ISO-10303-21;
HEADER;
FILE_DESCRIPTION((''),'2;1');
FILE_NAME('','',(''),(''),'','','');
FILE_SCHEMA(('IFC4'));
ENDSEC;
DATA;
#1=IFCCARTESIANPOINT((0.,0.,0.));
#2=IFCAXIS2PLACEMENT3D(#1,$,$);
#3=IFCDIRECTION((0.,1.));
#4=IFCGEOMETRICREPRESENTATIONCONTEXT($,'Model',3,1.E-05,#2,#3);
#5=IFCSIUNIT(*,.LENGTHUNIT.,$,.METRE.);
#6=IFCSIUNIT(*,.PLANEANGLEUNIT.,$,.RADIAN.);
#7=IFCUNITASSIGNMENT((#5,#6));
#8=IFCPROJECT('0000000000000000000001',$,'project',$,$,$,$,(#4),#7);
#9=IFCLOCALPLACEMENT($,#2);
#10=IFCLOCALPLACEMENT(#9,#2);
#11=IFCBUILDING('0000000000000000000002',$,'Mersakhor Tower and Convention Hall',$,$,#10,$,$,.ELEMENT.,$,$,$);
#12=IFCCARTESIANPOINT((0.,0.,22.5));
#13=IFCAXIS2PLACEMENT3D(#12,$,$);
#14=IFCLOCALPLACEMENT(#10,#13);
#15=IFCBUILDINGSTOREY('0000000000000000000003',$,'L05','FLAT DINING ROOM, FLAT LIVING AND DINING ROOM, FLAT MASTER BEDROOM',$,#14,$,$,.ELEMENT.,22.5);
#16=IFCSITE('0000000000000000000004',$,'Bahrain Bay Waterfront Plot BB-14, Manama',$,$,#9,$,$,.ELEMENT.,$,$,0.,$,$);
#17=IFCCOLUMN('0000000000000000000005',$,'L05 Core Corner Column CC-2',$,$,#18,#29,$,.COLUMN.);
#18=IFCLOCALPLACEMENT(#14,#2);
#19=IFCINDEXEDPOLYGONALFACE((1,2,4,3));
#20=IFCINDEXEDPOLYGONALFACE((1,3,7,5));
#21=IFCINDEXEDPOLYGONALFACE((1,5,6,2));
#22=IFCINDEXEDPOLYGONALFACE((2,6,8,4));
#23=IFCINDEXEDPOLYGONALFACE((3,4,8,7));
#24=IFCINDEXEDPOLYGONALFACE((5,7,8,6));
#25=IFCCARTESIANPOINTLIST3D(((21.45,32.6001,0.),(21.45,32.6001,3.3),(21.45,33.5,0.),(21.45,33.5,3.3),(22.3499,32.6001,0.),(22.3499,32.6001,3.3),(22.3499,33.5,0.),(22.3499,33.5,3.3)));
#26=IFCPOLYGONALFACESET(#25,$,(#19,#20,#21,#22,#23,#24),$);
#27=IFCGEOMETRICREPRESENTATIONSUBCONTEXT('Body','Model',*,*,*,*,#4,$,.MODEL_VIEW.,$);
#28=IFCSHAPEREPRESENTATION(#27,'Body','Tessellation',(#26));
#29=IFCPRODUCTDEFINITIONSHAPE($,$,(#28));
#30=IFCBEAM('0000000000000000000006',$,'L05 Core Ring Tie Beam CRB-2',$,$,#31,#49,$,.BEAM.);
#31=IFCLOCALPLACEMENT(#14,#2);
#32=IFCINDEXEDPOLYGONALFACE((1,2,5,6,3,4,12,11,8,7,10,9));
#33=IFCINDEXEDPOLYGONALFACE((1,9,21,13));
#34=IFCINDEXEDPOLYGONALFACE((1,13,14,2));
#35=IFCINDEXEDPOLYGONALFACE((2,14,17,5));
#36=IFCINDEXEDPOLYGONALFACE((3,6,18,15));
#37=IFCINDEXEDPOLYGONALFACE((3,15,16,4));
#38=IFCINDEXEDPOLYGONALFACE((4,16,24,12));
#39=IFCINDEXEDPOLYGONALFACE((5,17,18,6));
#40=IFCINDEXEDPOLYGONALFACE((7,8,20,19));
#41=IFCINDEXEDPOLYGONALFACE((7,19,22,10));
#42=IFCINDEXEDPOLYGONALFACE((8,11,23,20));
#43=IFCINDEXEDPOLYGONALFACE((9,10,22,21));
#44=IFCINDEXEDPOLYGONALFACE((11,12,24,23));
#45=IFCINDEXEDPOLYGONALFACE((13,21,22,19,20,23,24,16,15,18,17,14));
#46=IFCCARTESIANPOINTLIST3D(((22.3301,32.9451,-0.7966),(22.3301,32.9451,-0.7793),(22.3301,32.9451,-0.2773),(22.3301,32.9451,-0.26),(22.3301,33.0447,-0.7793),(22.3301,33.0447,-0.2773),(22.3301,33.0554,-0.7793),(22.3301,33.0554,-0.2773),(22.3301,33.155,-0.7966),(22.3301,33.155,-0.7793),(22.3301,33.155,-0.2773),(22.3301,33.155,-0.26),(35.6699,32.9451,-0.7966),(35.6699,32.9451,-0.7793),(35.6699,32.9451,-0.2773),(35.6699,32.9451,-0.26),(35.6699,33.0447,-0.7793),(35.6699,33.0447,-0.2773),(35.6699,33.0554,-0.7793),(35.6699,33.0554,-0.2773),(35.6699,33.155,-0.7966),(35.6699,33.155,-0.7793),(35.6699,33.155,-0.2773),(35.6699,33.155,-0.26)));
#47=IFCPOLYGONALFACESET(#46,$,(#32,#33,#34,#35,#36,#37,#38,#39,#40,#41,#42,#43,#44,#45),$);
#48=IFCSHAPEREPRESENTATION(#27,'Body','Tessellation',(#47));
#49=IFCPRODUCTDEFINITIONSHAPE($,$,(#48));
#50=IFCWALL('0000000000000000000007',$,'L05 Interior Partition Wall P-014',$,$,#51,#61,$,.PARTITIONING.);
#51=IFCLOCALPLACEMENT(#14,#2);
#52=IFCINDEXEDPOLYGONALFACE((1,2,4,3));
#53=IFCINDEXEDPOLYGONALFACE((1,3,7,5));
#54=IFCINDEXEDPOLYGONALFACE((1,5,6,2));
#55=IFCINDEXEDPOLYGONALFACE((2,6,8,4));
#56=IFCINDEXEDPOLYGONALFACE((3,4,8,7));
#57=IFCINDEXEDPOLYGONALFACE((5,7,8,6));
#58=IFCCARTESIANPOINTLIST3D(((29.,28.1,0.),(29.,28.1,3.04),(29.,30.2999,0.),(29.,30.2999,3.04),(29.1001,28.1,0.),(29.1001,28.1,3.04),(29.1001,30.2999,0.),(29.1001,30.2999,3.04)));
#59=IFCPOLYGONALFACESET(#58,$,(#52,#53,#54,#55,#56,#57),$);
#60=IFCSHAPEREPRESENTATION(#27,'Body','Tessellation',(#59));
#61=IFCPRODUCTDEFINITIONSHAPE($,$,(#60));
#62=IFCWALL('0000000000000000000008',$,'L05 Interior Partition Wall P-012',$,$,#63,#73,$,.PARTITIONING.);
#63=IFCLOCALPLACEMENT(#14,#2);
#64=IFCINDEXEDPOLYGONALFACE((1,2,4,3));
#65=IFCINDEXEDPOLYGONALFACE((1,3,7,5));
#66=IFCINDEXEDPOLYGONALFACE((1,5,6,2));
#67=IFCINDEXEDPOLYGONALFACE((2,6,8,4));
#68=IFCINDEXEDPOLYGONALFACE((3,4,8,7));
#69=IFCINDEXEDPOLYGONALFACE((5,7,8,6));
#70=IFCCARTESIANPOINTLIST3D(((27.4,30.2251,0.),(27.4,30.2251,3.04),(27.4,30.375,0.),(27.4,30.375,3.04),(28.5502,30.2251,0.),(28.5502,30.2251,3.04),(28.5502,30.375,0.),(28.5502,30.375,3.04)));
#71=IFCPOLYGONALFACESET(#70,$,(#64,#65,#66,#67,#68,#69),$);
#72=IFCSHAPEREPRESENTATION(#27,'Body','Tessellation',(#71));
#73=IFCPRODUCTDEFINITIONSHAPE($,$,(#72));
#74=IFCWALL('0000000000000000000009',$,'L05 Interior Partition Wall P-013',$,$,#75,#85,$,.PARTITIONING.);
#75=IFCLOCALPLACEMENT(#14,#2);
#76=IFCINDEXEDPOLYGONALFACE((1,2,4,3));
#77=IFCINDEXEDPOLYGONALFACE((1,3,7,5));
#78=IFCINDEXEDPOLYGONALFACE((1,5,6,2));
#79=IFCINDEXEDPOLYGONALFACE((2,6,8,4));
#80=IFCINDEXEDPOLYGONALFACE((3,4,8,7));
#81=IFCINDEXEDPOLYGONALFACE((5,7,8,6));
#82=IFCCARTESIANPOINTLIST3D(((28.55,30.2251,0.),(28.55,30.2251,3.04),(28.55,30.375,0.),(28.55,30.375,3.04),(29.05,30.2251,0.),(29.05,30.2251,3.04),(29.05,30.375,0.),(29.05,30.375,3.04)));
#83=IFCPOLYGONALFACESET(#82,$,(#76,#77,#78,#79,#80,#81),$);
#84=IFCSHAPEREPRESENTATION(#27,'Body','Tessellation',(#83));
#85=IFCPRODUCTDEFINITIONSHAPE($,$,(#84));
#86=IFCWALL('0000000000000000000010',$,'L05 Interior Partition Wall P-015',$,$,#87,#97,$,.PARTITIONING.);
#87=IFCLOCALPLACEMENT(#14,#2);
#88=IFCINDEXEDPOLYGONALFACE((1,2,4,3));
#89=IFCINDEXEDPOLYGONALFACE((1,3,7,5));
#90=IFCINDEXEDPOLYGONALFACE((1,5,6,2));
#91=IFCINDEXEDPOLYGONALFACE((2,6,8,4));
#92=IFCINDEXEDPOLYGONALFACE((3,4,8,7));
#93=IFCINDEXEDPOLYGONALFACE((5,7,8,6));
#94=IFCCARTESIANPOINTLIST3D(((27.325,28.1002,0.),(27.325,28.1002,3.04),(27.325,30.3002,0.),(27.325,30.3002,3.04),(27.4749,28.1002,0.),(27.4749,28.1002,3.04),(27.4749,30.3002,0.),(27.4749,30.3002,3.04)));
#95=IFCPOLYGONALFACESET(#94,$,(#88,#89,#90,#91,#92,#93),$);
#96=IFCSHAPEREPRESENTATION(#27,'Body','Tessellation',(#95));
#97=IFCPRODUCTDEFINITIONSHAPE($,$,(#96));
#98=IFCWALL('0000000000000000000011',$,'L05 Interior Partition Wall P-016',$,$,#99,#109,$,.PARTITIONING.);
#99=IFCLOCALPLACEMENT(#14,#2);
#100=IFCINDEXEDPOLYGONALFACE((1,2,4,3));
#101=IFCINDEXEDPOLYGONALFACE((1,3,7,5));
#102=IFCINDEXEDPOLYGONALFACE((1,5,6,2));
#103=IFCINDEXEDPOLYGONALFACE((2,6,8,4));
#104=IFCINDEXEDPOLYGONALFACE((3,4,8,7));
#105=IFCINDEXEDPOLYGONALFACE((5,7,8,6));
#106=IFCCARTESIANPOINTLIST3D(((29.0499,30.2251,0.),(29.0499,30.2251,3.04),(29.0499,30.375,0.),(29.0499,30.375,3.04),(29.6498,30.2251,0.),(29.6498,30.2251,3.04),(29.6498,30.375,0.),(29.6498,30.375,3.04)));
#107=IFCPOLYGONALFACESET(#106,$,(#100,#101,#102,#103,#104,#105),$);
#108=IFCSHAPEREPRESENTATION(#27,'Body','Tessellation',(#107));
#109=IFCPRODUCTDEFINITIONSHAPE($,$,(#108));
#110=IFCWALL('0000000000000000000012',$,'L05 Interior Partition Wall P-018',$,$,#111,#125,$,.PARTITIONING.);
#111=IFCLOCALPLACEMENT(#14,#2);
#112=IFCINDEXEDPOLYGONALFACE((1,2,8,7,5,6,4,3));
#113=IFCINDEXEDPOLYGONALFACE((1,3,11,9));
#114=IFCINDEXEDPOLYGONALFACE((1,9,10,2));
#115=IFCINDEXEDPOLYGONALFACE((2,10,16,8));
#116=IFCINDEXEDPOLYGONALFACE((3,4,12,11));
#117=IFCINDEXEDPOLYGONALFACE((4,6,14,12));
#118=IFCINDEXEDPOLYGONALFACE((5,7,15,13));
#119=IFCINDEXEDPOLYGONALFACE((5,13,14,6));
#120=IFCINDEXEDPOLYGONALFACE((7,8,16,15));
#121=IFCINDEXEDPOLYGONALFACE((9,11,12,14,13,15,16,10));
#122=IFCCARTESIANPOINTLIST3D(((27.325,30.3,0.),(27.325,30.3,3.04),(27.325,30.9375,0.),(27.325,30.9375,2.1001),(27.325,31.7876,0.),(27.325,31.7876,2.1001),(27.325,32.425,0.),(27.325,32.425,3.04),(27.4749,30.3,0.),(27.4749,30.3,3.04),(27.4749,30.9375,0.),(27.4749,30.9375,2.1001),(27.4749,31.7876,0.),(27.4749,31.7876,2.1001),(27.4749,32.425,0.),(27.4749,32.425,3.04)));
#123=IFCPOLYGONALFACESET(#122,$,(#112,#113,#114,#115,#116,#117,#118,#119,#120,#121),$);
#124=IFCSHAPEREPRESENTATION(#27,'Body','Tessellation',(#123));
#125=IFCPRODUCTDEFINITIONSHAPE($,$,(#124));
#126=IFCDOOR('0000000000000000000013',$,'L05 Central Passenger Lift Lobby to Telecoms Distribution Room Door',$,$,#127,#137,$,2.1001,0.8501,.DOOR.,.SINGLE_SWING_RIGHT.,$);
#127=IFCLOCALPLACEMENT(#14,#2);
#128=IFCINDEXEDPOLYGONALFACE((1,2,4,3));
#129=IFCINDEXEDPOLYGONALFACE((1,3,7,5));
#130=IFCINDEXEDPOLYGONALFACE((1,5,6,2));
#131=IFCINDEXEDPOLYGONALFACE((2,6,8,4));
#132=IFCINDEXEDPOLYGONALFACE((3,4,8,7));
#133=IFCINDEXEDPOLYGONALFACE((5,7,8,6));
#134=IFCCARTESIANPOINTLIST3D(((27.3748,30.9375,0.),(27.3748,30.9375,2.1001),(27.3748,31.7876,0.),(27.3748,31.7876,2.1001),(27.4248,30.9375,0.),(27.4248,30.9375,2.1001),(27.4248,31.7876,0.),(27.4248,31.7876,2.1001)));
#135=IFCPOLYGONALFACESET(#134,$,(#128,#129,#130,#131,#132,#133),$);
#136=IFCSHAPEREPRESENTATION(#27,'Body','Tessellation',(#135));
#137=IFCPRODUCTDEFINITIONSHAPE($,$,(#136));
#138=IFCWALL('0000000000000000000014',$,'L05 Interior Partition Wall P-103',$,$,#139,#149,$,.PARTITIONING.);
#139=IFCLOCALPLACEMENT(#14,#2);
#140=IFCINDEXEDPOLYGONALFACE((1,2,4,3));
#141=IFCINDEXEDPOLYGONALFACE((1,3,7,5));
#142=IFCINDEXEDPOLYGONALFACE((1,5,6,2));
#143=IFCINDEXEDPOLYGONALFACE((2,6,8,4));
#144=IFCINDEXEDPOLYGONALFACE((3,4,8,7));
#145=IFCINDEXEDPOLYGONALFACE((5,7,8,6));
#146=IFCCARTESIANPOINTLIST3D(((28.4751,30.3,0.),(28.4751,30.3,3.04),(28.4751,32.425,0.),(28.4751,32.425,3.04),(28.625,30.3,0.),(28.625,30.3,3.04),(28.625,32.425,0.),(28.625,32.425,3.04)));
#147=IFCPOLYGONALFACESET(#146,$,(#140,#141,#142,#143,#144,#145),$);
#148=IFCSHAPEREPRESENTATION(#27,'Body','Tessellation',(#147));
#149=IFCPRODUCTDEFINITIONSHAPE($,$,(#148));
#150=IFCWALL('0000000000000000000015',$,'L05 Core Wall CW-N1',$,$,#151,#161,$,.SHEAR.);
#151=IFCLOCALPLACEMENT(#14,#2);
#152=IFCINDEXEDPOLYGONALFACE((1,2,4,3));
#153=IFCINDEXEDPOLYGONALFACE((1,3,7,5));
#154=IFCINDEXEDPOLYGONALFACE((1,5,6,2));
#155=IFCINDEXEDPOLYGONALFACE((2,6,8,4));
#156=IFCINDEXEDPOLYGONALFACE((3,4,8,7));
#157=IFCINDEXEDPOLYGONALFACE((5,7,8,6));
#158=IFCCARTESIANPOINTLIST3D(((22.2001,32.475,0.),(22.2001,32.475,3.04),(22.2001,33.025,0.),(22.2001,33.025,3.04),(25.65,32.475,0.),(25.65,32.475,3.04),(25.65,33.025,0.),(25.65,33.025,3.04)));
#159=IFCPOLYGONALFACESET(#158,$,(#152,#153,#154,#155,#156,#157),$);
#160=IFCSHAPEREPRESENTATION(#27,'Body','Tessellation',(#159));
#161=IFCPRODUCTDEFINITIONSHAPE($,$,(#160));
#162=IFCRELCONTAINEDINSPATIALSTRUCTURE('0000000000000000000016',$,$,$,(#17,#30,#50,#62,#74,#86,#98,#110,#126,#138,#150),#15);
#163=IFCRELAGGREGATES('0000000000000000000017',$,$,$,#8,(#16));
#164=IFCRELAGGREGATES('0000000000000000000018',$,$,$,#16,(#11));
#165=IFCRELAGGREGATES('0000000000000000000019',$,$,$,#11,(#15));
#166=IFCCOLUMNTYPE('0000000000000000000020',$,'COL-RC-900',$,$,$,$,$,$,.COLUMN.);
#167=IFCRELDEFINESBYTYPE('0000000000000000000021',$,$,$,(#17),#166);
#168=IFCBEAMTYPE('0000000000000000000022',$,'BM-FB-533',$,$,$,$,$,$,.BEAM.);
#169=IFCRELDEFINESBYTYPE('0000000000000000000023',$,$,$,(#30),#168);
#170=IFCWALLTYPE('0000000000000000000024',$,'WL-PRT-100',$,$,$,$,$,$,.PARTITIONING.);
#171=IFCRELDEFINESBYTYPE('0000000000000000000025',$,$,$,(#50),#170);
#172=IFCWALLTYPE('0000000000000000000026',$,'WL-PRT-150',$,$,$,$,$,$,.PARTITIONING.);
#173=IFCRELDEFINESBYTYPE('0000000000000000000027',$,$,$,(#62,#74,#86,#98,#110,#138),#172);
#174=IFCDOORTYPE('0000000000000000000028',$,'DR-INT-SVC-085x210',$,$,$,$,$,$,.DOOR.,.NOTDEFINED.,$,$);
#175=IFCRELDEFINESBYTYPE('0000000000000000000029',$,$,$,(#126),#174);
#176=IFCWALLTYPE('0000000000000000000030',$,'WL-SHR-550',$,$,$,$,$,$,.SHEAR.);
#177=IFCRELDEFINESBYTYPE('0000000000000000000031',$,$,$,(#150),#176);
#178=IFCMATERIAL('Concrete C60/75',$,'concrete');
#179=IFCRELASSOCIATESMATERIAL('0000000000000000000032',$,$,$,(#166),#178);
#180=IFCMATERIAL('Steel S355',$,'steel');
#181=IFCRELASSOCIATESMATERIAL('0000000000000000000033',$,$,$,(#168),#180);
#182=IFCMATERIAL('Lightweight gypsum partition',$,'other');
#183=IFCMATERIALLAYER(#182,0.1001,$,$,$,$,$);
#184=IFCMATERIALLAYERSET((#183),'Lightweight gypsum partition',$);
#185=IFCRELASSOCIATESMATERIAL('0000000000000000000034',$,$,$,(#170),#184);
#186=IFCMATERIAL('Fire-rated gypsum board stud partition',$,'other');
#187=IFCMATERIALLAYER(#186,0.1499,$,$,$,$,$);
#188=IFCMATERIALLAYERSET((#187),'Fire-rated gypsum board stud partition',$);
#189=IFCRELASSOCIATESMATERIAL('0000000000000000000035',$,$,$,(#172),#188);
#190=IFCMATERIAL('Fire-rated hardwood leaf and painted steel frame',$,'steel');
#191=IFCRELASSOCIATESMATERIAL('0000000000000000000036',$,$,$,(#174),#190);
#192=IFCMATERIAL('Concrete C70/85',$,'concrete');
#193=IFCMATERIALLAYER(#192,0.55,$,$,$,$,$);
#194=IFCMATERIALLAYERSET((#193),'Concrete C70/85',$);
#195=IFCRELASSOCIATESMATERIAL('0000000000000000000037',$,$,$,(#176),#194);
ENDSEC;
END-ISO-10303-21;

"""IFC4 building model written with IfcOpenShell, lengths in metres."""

from ifc_helpers import new_model, si_unit, direction, frame, frame_2d, origin, origin_2d, place, context, subcontext, project, spatial, rectangle, i_section, extrude, material, layer, layer_set, material_profile, profile_set, type_object, element, fill, save


model = new_model("IFC4")

# Units and contexts
model_context = context("Model", 3, precision=1e-05, world=origin(), true_north=direction((0.0, 1.0)))
body_context = subcontext(model_context, "Body", "Model", "MODEL_VIEW")
ifc_project = project(units=[si_unit("LENGTHUNIT", "METRE"), si_unit("PLANEANGLEUNIT", "RADIAN")], contexts=[model_context])

# Site, building, storey
site_placement = place(None, origin())
site = spatial("IfcSite", under=ifc_project, at=site_placement, Name="Bahrain Bay Waterfront Plot BB-14, Manama", CompositionType="ELEMENT", RefElevation=0.0)
building_placement = place(site_placement, origin())
building = spatial("IfcBuilding", under=site, at=building_placement, Name="Mersakhor Tower and Convention Hall", CompositionType="ELEMENT")
storey_placement = place(building_placement, frame((0.0, 0.0, 22.5)))
storey = spatial("IfcBuildingStorey", under=building, at=storey_placement, Name="L05", Description="FLAT DINING ROOM, FLAT LIVING AND DINING ROOM, FLAT MASTER BEDROOM", CompositionType="ELEMENT", Elevation=22.5)

# Column
ifc_material_1 = material(Name="Concrete C60/75", Category="concrete")
ifc_material_profile_1 = material_profile(ifc_material_1, rectangle(XDim=0.8999, YDim=0.8999, at=origin_2d()), Name="RC 900x900")
ifc_profile_set_1 = profile_set([ifc_material_profile_1], Name="Concrete C60/75")
column_type = type_object("IfcColumnType", Name="COL-RC-900", PredefinedType="COLUMN", material=ifc_profile_set_1)
column_placement = place(storey_placement, frame((21.8999, 33.05, 0.0), z_axis=(0.0, 0.0, 1.0), x_axis=(1.0, 0.0, 0.0)))
element("IfcColumn", 1, at=column_placement, inside=storey, type_object=column_type, Name="L05 Core Corner Column CC-2", PredefinedType="COLUMN", context=body_context, shape_type="SweptSolid", body=[
    extrude(rectangle(XDim=0.8999, YDim=0.8999, at=origin_2d()), origin(), (0.0, 0.0, 1.0), 3.3),
])

# Beam
ifc_material_2 = material(Name="Steel S355", Category="steel")
ifc_material_profile_2 = material_profile(ifc_material_2, i_section(OverallWidth=0.21, OverallDepth=0.5366, WebThickness=0.0107, FlangeThickness=0.0173, at=origin_2d()), Name="UB 533x210x101")
ifc_profile_set_2 = profile_set([ifc_material_profile_2], Name="Steel S355")
beam_type = type_object("IfcBeamType", Name="BM-FB-533", PredefinedType="BEAM", material=ifc_profile_set_2)
beam_placement = place(storey_placement, frame((22.3301, 33.05, -0.5283), z_axis=(1.0, 0.0, 0.0), x_axis=(0.0, 1.0, 0.0)))
element("IfcBeam", 2, at=beam_placement, inside=storey, type_object=beam_type, Name="L05 Core Ring Tie Beam CRB-2", PredefinedType="BEAM", context=body_context, shape_type="SweptSolid", body=[
    extrude(i_section(OverallWidth=0.21, OverallDepth=0.5366, WebThickness=0.0107, FlangeThickness=0.0173, at=origin_2d()), origin(), (0.0, 0.0, 1.0), 13.3398),
])

# Walls
ifc_material_3 = material(Name="Lightweight gypsum partition", Category="other")
ifc_layer_1 = layer(ifc_material_3, 0.1001)
ifc_layer_set_1 = layer_set([ifc_layer_1], Name="Lightweight gypsum partition")
wall_type_1 = type_object("IfcWallType", Name="WL-PRT-100", PredefinedType="PARTITIONING", material=ifc_layer_set_1)
wall_1_placement = place(storey_placement, frame((29.05, 30.3, 0.0), z_axis=(0.0, 0.0, 1.0), x_axis=(0.0, -1.0, 0.0)))
element("IfcWall", 3, at=wall_1_placement, inside=storey, type_object=wall_type_1, Name="L05 Interior Partition Wall P-014", PredefinedType="PARTITIONING", context=body_context, shape_type="SweptSolid", body=[
    extrude(rectangle(XDim=2.2, YDim=0.1001, at=frame_2d((1.1001, 0.0))), origin(), (0.0, 0.0, 1.0), 3.04),
])
ifc_material_4 = material(Name="Fire-rated gypsum board stud partition", Category="other")
ifc_layer_2 = layer(ifc_material_4, 0.1499)
ifc_layer_set_2 = layer_set([ifc_layer_2], Name="Fire-rated gypsum board stud partition")
wall_type_2 = type_object("IfcWallType", Name="WL-PRT-150", PredefinedType="PARTITIONING", material=ifc_layer_set_2)
wall_2_placement = place(storey_placement, frame((27.3999, 30.3, 0.0), z_axis=(0.0, 0.0, 1.0), x_axis=(1.0, 0.0, 0.0)))
element("IfcWall", 4, at=wall_2_placement, inside=storey, type_object=wall_type_2, Name="L05 Interior Partition Wall P-012", PredefinedType="PARTITIONING", context=body_context, shape_type="SweptSolid", body=[
    extrude(rectangle(XDim=1.1501, YDim=0.1499, at=frame_2d((0.5752, 0.0))), origin(), (0.0, 0.0, 1.0), 3.04),
])
wall_3_placement = place(storey_placement, frame((28.55, 30.3, 0.0), z_axis=(0.0, 0.0, 1.0), x_axis=(1.0, 0.0, 0.0)))
element("IfcWall", 5, at=wall_3_placement, inside=storey, type_object=wall_type_2, Name="L05 Interior Partition Wall P-013", PredefinedType="PARTITIONING", context=body_context, shape_type="SweptSolid", body=[
    extrude(rectangle(XDim=0.5, YDim=0.1499, at=frame_2d((0.25, 0.0))), origin(), (0.0, 0.0, 1.0), 3.04),
])
wall_4_placement = place(storey_placement, frame((27.3999, 28.1001, 0.0), z_axis=(0.0, 0.0, 1.0), x_axis=(0.0, 1.0, 0.0)))
element("IfcWall", 6, at=wall_4_placement, inside=storey, type_object=wall_type_2, Name="L05 Interior Partition Wall P-015", PredefinedType="PARTITIONING", context=body_context, shape_type="SweptSolid", body=[
    extrude(rectangle(XDim=2.2, YDim=0.1499, at=frame_2d((1.1001, 0.0))), origin(), (0.0, 0.0, 1.0), 3.04),
])
wall_5_placement = place(storey_placement, frame((29.05, 30.3, 0.0), z_axis=(0.0, 0.0, 1.0), x_axis=(1.0, 0.0, 0.0)))
element("IfcWall", 7, at=wall_5_placement, inside=storey, type_object=wall_type_2, Name="L05 Interior Partition Wall P-016", PredefinedType="PARTITIONING", context=body_context, shape_type="SweptSolid", body=[
    extrude(rectangle(XDim=0.5999, YDim=0.1499, at=frame_2d((0.2998, 0.0))), origin(), (0.0, 0.0, 1.0), 3.04),
])

# Wall, opening, door
wall_6_placement = place(storey_placement, frame((27.3999, 32.425, 0.0), z_axis=(0.0, 0.0, 1.0), x_axis=(0.0, -1.0, 0.0)))
wall_6 = element("IfcWall", 8, at=wall_6_placement, inside=storey, type_object=wall_type_2, Name="L05 Interior Partition Wall P-018", PredefinedType="PARTITIONING", context=body_context, shape_type="SweptSolid", body=[
    extrude(rectangle(XDim=2.125, YDim=0.1499, at=frame_2d((1.0625, 0.0))), origin(), (0.0, 0.0, 1.0), 3.04),
])
opening_1_placement = place(wall_6_placement, frame((0.6375, 0.0, 0.0)))
opening_1 = element("IfcOpeningElement", 9, at=opening_1_placement, cuts=wall_6, PredefinedType="OPENING", context=body_context, shape_type="SweptSolid", body=[
    extrude(rectangle(XDim=0.8501, YDim=2.1001, at=frame_2d((0.425, 1.05))), frame((0.0, 0.085, 0.0), z_axis=(0.0, -1.0, 0.0), x_axis=(1.0, 0.0, 0.0)), (0.0, 0.0, 1.0), 0.1699),
])
ifc_material_5 = material(Name="Fire-rated hardwood leaf and painted steel frame", Category="steel")
door_type_1 = type_object("IfcDoorType", Name="DR-INT-SVC-085x210", OperationType="NOTDEFINED", PredefinedType="DOOR", material=ifc_material_5)
door_1_placement = place(opening_1_placement, origin())
door_1 = element("IfcDoor", 10, at=door_1_placement, inside=storey, type_object=door_type_1, Name="L05 Central Passenger Lift Lobby to Telecoms Distribution Room Door", OperationType="SINGLE_SWING_RIGHT", OverallHeight=2.1001, OverallWidth=0.8501, PredefinedType="DOOR", context=body_context, shape_type="SweptSolid", body=[
    extrude(rectangle(XDim=0.8501, YDim=2.1001, at=frame_2d((0.425, 1.05))), frame((0.0, 0.0249, 0.0), z_axis=(0.0, -1.0, 0.0), x_axis=(1.0, 0.0, 0.0)), (0.0, 0.0, 1.0), 0.05),
])
fill(opening_1, door_1)

# Wall
wall_7_placement = place(storey_placement, frame((28.55, 32.425, 0.0), z_axis=(0.0, 0.0, 1.0), x_axis=(0.0, -1.0, 0.0)))
element("IfcWall", 11, at=wall_7_placement, inside=storey, type_object=wall_type_2, Name="L05 Interior Partition Wall P-103", PredefinedType="PARTITIONING", context=body_context, shape_type="SweptSolid", body=[
    extrude(rectangle(XDim=2.125, YDim=0.1499, at=frame_2d((1.0625, 0.0))), origin(), (0.0, 0.0, 1.0), 3.04),
])

# Wall
ifc_material_6 = material(Name="Concrete C70/85", Category="concrete")
ifc_layer_3 = layer(ifc_material_6, 0.55)
ifc_layer_set_3 = layer_set([ifc_layer_3], Name="Concrete C70/85")
wall_type_3 = type_object("IfcWallType", Name="WL-SHR-550", PredefinedType="SHEAR", material=ifc_layer_set_3)
wall_8_placement = place(storey_placement, frame((22.2, 32.75, 0.0), z_axis=(0.0, 0.0, 1.0), x_axis=(1.0, 0.0, 0.0)))
element("IfcWall", 12, at=wall_8_placement, inside=storey, type_object=wall_type_3, Name="L05 Core Wall CW-N1", PredefinedType="SHEAR", context=body_context, shape_type="SweptSolid", body=[
    extrude(rectangle(XDim=3.45, YDim=0.55, at=frame_2d((1.7251, 0.0))), origin(), (0.0, 0.0, 1.0), 3.04),
])

save(model, "model.ifc")
